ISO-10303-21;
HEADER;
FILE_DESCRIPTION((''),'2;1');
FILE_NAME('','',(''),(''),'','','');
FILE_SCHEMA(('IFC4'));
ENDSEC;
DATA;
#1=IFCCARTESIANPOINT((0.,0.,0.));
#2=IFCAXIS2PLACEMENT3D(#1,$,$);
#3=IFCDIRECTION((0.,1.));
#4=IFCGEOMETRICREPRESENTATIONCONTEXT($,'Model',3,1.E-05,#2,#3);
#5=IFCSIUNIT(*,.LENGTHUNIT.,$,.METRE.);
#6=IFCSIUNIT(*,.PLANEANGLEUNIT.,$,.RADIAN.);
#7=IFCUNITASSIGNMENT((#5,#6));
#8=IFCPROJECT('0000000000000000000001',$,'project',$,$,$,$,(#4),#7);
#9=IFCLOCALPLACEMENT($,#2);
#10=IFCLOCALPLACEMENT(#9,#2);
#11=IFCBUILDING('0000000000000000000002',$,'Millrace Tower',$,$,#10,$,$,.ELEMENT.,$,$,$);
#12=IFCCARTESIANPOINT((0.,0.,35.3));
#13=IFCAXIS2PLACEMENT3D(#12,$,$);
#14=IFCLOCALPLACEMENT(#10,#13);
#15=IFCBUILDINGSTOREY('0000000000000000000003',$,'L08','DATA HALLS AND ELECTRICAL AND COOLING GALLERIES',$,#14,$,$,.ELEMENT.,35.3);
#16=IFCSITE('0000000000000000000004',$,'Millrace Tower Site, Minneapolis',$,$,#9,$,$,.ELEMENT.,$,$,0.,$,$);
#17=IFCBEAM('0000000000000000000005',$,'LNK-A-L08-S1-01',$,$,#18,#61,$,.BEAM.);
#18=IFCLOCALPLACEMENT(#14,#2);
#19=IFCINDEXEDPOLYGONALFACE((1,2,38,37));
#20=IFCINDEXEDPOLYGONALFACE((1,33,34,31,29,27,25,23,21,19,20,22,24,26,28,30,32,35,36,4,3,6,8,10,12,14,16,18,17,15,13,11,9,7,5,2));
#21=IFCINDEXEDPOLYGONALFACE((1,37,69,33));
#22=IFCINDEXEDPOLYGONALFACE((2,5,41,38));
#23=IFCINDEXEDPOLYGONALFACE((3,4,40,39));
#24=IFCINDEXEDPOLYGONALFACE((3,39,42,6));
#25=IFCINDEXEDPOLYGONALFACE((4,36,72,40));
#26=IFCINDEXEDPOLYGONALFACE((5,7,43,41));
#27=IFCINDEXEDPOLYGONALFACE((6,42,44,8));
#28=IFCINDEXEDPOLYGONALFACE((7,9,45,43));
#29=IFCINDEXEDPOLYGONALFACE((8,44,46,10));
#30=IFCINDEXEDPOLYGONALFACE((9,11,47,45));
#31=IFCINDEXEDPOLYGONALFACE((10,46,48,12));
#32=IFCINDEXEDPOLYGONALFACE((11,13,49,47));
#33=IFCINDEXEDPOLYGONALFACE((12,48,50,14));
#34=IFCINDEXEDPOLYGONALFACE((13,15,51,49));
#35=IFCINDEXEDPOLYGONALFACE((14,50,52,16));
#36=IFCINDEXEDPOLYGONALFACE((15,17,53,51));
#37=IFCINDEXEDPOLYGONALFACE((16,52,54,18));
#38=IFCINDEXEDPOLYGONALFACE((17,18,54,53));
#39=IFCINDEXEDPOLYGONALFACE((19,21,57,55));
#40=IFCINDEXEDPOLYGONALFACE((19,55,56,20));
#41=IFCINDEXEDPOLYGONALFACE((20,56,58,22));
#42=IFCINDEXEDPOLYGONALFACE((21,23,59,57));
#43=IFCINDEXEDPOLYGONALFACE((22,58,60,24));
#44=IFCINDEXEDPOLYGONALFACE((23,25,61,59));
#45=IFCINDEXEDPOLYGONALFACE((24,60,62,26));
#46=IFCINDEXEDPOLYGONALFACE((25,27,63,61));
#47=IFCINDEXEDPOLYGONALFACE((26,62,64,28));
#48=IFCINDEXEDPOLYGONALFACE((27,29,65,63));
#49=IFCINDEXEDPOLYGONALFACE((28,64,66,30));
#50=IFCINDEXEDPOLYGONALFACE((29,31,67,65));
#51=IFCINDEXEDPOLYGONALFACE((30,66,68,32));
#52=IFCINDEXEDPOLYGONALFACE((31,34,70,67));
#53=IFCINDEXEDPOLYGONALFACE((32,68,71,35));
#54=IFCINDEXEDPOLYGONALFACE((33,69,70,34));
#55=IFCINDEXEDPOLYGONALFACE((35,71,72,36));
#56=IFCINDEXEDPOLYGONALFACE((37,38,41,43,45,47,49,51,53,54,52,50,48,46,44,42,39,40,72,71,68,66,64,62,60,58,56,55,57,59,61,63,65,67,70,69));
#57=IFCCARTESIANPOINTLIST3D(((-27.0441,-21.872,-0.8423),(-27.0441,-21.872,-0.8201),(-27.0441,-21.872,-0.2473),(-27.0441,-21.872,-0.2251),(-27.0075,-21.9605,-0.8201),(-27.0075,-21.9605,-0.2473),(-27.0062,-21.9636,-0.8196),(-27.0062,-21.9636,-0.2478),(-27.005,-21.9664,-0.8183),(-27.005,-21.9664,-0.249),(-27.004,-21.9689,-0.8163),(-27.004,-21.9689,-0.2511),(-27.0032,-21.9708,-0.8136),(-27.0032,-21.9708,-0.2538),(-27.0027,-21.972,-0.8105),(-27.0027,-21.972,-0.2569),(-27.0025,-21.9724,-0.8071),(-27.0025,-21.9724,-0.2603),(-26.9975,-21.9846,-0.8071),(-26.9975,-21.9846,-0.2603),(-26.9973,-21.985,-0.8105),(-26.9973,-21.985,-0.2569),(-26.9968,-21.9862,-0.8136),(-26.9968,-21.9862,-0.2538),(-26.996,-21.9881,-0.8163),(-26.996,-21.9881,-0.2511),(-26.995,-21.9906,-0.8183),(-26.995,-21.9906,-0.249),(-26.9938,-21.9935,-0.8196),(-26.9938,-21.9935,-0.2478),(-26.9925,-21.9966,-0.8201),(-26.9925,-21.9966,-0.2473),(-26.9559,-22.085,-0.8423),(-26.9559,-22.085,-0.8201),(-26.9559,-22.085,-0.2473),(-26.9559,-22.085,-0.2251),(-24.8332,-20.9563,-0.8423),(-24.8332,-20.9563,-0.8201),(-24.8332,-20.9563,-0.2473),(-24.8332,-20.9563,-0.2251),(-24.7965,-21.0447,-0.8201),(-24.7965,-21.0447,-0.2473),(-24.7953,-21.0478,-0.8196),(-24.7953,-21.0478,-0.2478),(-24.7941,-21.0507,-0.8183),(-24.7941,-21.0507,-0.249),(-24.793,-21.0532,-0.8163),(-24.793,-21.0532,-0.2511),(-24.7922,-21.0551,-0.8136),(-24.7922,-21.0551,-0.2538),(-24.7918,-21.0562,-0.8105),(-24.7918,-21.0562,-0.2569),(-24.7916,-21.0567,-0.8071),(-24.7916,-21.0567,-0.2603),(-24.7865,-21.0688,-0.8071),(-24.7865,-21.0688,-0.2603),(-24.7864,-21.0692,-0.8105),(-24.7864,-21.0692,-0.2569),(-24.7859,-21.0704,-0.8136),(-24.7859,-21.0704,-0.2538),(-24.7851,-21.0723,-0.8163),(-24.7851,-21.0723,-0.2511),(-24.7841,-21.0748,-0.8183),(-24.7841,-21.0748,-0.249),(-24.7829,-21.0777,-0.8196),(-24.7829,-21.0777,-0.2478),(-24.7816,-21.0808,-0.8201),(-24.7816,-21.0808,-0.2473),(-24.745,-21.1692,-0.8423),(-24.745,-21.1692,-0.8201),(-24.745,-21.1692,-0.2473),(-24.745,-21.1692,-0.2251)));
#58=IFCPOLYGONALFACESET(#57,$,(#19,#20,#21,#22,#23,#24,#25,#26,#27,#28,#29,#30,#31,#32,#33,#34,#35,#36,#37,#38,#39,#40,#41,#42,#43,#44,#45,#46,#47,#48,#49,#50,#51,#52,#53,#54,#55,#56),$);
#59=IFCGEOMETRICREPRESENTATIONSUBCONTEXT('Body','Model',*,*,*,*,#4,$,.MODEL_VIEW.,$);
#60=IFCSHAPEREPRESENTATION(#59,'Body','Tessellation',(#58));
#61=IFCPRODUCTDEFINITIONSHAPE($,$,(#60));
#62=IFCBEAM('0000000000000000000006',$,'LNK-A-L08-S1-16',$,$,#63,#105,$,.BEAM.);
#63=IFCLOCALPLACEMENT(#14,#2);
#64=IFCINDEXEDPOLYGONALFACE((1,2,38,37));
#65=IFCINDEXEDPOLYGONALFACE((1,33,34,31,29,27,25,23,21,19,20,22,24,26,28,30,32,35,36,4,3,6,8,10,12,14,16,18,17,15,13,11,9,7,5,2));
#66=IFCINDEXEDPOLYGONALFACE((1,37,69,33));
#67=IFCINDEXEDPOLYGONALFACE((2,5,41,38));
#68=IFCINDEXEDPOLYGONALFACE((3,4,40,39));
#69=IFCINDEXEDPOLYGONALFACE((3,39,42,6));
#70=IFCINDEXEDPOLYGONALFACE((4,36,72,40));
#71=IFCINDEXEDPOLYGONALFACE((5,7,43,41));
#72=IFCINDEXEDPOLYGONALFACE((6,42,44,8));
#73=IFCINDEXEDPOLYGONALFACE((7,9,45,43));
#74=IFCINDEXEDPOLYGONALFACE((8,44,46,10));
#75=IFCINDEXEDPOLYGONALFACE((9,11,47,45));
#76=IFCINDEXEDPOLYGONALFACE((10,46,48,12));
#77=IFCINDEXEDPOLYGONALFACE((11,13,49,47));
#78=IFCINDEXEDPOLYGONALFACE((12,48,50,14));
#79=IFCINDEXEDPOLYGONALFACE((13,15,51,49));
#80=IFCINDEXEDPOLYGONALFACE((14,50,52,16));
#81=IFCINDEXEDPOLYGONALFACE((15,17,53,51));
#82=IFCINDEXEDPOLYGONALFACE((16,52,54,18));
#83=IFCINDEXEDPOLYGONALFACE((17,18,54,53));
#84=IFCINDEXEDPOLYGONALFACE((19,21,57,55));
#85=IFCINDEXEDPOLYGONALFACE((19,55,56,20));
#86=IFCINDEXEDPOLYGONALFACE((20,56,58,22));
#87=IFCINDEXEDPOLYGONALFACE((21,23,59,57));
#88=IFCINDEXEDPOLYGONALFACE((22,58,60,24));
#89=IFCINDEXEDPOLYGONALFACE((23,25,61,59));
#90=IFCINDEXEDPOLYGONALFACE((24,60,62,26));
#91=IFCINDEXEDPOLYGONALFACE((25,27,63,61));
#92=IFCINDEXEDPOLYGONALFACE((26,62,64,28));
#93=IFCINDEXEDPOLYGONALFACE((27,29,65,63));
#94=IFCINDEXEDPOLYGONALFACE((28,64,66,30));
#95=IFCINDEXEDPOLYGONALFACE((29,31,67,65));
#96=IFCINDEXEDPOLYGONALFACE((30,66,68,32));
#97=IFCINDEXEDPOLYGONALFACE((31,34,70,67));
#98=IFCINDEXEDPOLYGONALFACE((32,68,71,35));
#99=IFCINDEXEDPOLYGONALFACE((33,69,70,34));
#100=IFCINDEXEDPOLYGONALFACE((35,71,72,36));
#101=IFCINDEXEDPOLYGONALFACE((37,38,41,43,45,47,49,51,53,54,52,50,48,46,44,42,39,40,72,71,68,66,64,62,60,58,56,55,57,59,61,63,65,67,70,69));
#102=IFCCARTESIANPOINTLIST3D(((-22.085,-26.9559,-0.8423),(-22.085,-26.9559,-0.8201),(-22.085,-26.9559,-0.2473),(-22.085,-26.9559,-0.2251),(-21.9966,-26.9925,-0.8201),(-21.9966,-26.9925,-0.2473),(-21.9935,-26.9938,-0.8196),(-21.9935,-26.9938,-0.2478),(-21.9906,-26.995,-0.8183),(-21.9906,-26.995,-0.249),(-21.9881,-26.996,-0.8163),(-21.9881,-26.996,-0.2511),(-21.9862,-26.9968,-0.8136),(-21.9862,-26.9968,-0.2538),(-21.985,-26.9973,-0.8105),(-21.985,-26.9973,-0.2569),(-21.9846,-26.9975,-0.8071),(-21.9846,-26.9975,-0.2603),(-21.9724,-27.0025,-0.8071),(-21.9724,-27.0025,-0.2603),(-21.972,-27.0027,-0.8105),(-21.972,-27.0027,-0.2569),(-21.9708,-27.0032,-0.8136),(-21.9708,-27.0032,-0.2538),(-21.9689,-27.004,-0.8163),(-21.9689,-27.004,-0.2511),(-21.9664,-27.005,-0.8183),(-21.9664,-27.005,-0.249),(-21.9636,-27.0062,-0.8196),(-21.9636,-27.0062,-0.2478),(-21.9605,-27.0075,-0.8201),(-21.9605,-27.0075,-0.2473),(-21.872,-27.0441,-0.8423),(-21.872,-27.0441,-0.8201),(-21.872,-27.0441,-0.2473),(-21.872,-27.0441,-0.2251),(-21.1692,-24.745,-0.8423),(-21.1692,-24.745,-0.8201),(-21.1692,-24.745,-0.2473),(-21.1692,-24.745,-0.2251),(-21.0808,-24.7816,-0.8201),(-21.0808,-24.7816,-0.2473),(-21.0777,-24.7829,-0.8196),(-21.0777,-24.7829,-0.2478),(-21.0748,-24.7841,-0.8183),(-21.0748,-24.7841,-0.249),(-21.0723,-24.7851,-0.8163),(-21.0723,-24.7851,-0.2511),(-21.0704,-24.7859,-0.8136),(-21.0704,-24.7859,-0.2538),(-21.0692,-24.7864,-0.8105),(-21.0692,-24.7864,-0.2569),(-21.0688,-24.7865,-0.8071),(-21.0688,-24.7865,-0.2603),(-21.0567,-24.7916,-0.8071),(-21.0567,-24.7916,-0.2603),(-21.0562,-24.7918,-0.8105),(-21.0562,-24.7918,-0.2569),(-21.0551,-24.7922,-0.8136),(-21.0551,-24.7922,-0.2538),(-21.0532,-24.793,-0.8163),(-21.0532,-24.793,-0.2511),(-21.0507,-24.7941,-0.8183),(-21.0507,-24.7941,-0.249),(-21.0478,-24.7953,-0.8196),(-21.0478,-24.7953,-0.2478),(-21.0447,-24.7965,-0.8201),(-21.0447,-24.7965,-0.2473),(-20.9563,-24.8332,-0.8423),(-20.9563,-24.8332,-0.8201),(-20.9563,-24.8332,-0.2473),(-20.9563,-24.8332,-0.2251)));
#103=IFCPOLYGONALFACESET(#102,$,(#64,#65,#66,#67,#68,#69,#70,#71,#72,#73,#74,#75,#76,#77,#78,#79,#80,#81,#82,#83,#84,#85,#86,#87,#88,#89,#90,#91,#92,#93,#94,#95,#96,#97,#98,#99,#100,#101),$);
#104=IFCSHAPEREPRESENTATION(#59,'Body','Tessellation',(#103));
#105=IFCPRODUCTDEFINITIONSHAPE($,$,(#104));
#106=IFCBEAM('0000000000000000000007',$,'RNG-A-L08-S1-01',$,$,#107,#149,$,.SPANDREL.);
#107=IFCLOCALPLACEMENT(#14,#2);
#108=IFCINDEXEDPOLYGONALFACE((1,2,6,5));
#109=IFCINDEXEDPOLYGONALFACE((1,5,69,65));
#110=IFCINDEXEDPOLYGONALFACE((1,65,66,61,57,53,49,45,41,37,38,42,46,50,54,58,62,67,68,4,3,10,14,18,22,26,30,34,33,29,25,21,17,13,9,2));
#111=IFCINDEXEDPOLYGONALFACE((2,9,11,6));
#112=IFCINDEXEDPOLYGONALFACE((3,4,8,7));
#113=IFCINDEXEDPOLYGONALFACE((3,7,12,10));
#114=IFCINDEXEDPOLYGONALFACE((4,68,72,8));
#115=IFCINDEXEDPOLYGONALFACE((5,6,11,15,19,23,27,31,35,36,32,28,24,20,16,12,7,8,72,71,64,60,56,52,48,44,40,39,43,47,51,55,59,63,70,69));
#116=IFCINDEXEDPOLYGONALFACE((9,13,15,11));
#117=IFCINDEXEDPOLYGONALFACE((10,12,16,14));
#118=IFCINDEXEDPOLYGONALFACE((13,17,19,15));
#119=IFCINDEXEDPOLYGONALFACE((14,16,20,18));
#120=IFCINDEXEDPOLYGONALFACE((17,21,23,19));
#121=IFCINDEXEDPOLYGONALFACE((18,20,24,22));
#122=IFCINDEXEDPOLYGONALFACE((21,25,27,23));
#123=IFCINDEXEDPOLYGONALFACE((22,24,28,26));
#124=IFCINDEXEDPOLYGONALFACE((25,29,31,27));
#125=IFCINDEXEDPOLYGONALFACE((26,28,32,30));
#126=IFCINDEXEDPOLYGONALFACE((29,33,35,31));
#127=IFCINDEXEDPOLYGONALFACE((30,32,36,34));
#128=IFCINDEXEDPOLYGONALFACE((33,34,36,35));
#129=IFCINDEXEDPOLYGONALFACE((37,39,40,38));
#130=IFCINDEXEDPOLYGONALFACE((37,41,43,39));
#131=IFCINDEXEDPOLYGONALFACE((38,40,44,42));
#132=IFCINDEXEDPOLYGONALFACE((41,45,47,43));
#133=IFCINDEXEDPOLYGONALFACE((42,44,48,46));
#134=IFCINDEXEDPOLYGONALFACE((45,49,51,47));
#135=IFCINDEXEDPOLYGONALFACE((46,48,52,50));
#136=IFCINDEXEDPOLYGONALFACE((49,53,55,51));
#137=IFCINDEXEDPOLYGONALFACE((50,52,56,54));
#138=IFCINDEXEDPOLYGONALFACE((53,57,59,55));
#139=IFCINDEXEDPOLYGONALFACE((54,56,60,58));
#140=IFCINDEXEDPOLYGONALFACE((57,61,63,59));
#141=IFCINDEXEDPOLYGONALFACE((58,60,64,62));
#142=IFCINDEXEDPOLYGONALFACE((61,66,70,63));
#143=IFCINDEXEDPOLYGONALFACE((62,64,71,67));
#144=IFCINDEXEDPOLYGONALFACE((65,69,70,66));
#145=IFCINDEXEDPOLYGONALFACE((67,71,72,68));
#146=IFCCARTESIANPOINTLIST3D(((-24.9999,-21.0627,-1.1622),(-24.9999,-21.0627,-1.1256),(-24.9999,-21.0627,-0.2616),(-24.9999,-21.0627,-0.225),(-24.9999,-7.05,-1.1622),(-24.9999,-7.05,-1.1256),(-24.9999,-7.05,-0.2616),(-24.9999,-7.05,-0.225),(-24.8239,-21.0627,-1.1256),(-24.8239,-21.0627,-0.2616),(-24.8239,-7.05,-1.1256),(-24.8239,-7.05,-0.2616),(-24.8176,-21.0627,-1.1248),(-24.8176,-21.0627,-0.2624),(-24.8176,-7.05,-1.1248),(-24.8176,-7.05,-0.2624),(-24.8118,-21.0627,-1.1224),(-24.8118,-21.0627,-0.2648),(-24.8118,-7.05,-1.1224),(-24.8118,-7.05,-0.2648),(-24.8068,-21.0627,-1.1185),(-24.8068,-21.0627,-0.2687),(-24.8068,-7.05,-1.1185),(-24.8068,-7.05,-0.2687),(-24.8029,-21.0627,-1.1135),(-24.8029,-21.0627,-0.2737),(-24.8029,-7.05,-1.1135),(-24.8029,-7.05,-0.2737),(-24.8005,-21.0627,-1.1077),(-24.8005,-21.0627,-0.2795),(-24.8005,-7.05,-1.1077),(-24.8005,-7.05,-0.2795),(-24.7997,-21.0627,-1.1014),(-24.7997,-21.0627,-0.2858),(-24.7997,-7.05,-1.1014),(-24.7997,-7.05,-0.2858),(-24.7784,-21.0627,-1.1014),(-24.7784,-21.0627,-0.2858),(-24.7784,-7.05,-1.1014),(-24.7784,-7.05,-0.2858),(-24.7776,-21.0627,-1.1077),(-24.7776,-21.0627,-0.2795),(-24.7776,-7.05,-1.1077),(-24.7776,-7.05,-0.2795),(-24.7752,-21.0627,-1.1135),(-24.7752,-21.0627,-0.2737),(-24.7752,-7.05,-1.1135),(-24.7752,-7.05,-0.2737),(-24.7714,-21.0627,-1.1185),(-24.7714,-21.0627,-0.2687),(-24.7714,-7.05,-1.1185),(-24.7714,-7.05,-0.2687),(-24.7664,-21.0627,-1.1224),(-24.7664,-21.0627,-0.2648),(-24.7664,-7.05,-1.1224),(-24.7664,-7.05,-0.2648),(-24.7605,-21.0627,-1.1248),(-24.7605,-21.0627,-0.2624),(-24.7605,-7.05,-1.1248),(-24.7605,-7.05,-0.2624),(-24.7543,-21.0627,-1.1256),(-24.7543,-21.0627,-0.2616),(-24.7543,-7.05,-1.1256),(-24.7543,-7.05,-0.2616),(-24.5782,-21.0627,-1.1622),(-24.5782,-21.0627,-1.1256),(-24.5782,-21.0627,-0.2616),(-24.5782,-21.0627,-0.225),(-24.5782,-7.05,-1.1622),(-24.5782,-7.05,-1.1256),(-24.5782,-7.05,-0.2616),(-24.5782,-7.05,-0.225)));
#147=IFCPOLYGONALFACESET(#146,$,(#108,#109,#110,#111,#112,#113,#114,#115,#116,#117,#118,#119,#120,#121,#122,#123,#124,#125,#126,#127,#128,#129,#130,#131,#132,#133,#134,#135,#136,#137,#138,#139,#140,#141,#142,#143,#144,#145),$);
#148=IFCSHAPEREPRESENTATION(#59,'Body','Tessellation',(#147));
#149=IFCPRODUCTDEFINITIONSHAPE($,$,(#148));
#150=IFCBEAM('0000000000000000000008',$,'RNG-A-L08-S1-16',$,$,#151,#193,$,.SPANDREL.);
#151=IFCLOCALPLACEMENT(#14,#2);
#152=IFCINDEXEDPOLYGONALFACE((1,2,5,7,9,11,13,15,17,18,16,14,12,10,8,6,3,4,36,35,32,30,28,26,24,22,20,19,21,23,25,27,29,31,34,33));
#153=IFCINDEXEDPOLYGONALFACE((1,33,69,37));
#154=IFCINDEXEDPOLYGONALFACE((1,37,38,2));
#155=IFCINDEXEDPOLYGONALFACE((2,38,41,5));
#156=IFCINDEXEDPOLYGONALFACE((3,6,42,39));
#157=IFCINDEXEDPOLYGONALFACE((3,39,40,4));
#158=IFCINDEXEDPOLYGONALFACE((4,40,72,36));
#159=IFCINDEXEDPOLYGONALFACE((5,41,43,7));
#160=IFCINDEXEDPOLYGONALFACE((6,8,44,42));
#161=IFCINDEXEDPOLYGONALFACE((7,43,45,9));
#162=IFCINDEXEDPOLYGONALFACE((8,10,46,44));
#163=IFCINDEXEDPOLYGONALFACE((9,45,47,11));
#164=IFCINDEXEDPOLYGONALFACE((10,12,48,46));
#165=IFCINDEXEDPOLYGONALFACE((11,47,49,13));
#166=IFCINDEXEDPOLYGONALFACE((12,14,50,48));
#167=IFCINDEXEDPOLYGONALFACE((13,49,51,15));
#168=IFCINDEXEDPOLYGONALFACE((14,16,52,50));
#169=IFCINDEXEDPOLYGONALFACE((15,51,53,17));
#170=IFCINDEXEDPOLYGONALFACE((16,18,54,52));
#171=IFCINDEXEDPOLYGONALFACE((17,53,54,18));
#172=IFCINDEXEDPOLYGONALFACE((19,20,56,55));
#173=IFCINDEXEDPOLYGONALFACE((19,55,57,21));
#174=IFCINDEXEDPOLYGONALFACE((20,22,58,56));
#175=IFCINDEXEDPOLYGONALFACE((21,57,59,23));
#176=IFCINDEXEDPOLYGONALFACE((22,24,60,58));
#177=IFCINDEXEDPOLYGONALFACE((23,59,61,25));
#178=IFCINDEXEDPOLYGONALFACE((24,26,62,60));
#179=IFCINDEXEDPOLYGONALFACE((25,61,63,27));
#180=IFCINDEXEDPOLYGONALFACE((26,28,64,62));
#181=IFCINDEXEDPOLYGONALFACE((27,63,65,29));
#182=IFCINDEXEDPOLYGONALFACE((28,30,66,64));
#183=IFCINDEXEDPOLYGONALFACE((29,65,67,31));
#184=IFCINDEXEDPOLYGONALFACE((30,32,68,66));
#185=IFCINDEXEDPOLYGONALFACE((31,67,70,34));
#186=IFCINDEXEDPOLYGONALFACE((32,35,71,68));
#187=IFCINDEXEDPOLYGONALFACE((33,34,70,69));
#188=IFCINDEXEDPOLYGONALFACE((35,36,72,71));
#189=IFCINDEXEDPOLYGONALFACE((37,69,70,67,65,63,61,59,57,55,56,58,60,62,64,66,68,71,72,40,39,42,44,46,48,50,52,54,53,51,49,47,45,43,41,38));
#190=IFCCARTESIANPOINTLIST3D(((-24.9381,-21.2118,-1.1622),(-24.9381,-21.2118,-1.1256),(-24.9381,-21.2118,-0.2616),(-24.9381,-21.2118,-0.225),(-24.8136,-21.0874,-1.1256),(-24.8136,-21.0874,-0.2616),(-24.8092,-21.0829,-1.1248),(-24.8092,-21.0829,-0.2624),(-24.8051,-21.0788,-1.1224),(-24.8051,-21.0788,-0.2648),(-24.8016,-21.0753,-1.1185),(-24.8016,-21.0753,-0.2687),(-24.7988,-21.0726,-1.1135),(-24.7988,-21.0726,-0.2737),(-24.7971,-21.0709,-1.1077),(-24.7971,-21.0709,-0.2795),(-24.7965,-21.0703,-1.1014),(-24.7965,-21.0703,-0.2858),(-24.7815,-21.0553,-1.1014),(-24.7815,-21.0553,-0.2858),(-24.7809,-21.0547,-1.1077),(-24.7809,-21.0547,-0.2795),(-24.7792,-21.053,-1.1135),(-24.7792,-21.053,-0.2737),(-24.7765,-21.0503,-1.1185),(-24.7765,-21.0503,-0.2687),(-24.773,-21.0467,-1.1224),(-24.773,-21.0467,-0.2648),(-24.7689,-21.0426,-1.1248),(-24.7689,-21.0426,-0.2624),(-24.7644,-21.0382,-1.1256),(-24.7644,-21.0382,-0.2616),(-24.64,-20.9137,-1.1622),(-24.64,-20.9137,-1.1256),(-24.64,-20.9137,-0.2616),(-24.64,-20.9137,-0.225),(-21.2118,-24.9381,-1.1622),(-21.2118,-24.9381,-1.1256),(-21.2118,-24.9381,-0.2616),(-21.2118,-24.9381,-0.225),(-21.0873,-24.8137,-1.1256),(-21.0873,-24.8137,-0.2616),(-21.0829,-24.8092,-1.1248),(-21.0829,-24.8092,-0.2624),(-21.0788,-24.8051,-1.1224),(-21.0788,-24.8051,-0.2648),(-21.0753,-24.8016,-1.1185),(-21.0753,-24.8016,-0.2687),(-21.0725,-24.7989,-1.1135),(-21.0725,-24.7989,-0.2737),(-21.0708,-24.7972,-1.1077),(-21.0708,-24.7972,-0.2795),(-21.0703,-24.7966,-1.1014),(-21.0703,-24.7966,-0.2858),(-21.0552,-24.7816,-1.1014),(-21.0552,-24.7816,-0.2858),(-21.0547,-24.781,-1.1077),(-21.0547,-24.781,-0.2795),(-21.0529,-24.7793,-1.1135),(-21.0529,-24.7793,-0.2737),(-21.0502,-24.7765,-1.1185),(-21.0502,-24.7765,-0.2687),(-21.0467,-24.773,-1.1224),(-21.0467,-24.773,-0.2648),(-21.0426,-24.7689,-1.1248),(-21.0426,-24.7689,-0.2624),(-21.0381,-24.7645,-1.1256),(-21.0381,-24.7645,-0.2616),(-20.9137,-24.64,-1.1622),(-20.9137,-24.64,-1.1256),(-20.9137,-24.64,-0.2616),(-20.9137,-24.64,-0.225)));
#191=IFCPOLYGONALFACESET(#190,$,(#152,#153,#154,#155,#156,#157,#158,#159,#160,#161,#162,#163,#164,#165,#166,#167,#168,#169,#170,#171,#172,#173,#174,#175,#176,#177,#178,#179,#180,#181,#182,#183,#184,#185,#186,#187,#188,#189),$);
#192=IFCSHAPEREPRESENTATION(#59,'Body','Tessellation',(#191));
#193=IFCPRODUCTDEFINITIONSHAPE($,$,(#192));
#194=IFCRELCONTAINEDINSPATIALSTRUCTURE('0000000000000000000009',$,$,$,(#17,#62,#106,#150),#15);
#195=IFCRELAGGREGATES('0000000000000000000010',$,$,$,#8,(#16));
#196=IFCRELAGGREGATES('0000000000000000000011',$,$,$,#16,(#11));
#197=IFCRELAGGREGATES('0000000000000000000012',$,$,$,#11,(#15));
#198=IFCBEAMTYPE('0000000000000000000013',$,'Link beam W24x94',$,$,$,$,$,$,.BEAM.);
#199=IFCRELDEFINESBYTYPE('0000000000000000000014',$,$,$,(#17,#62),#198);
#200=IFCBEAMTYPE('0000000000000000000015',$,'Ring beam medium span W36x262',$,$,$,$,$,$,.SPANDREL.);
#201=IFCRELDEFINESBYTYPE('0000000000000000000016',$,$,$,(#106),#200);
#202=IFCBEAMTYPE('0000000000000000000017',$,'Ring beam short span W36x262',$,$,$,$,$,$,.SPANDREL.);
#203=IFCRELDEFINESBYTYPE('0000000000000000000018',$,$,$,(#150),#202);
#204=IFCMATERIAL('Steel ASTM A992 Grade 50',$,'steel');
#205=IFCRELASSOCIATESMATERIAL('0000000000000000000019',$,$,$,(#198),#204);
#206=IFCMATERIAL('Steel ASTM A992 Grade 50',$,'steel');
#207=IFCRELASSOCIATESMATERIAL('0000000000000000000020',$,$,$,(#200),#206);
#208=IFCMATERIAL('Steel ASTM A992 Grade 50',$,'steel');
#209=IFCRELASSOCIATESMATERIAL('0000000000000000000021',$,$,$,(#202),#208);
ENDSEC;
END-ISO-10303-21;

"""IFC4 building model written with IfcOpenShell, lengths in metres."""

from ifc_helpers import new_model, si_unit, direction, frame, origin, origin_2d, place, context, subcontext, project, spatial, i_section, extrude, material, material_profile, profile_set, type_object, element, save


model = new_model("IFC4")

# Units and contexts
model_context = context("Model", 3, precision=1e-05, world=origin(), true_north=direction((0.0, 1.0)))
body_context = subcontext(model_context, "Body", "Model", "MODEL_VIEW")
ifc_project = project(units=[si_unit("LENGTHUNIT", "METRE"), si_unit("PLANEANGLEUNIT", "RADIAN")], contexts=[model_context])

# Site, building, storey
site_placement = place(None, origin())
site = spatial("IfcSite", under=ifc_project, at=site_placement, Name="Millrace Tower Site, Minneapolis", CompositionType="ELEMENT", RefElevation=0.0)
building_placement = place(site_placement, origin())
building = spatial("IfcBuilding", under=site, at=building_placement, Name="Millrace Tower", CompositionType="ELEMENT")
storey_placement = place(building_placement, frame((0.0, 0.0, 35.3)))
storey = spatial("IfcBuildingStorey", under=building, at=storey_placement, Name="L08", Description="DATA HALLS AND ELECTRICAL AND COOLING GALLERIES", CompositionType="ELEMENT", Elevation=35.3)

# Beams
ifc_material_1 = material(Name="Steel ASTM A992 Grade 50", Category="steel")
ifc_material_profile_1 = material_profile(ifc_material_1, i_section(OverallWidth=0.2305, OverallDepth=0.6172, WebThickness=0.0132, FlangeThickness=0.0222, FilletRadius=0.0129, at=origin_2d()))
ifc_profile_set_1 = profile_set([ifc_material_profile_1], Name="Steel ASTM A992 Grade 50")
beam_type_1 = type_object("IfcBeamType", Name="Link beam W24x94", PredefinedType="BEAM", material=ifc_profile_set_1)
for number, where, z_axis, x_axis, name in (
    (1, (-24.7891, -21.0627, -0.5337), (-0.923884, -0.382673, 0.0), (0.382673, -0.923884, 0.0), "LNK-A-L08-S1-01"),
    (2, (-21.0627, -24.7891, -0.5337), (-0.382673, -0.923884, 0.0), (0.923884, -0.382673, 0.0), "LNK-A-L08-S1-16"),
):
    element("IfcBeam", number, at=place(storey_placement, frame(where, z_axis=z_axis, x_axis=x_axis)), inside=storey, type_object=beam_type_1, Name=name, PredefinedType="BEAM", context=body_context, shape_type="SweptSolid", body=[
        extrude(i_section(OverallWidth=0.2305, OverallDepth=0.6172, WebThickness=0.0132, FlangeThickness=0.0222, FilletRadius=0.0129, at=origin_2d()), origin(), (0.0, 0.0, 1.0), 2.3931),
    ])
ifc_material_2 = material(Name="Steel ASTM A992 Grade 50", Category="steel")
ifc_material_profile_2 = material_profile(ifc_material_2, i_section(OverallWidth=0.4216, OverallDepth=0.9373, WebThickness=0.0212, FlangeThickness=0.0366, FilletRadius=0.0242, at=origin_2d()))
ifc_profile_set_2 = profile_set([ifc_material_profile_2], Name="Steel ASTM A992 Grade 50")
beam_type_2 = type_object("IfcBeamType", Name="Ring beam medium span W36x262", PredefinedType="SPANDREL", material=ifc_profile_set_2)
beam_1_placement = place(storey_placement, frame((-24.7891, -21.0627, -0.6936), z_axis=(0.0, 1.0, 0.0), x_axis=(-1.0, 0.0, 0.0)))
element("IfcBeam", 3, at=beam_1_placement, inside=storey, type_object=beam_type_2, Name="RNG-A-L08-S1-01", PredefinedType="SPANDREL", context=body_context, shape_type="SweptSolid", body=[
    extrude(i_section(OverallWidth=0.4216, OverallDepth=0.9373, WebThickness=0.0212, FlangeThickness=0.0366, FilletRadius=0.0242, at=origin_2d()), origin(), (0.0, 0.0, 1.0), 14.0127),
])
ifc_material_3 = material(Name="Steel ASTM A992 Grade 50", Category="steel")
ifc_material_profile_3 = material_profile(ifc_material_3, i_section(OverallWidth=0.4216, OverallDepth=0.9373, WebThickness=0.0212, FlangeThickness=0.0366, FilletRadius=0.0242, at=origin_2d()))
ifc_profile_set_3 = profile_set([ifc_material_profile_3], Name="Steel ASTM A992 Grade 50")
beam_type_3 = type_object("IfcBeamType", Name="Ring beam short span W36x262", PredefinedType="SPANDREL", material=ifc_profile_set_3)
beam_2_placement = place(storey_placement, frame((-21.0627, -24.7891, -0.6936), z_axis=(-0.707107, 0.707107, 0.0), x_axis=(-0.707107, -0.707107, 0.0)))
element("IfcBeam", 4, at=beam_2_placement, inside=storey, type_object=beam_type_3, Name="RNG-A-L08-S1-16", PredefinedType="SPANDREL", context=body_context, shape_type="SweptSolid", body=[
    extrude(i_section(OverallWidth=0.4216, OverallDepth=0.9373, WebThickness=0.0212, FlangeThickness=0.0366, FilletRadius=0.0242, at=origin_2d()), origin(), (0.0, 0.0, 1.0), 5.2698),
])

save(model, "model.ifc")
